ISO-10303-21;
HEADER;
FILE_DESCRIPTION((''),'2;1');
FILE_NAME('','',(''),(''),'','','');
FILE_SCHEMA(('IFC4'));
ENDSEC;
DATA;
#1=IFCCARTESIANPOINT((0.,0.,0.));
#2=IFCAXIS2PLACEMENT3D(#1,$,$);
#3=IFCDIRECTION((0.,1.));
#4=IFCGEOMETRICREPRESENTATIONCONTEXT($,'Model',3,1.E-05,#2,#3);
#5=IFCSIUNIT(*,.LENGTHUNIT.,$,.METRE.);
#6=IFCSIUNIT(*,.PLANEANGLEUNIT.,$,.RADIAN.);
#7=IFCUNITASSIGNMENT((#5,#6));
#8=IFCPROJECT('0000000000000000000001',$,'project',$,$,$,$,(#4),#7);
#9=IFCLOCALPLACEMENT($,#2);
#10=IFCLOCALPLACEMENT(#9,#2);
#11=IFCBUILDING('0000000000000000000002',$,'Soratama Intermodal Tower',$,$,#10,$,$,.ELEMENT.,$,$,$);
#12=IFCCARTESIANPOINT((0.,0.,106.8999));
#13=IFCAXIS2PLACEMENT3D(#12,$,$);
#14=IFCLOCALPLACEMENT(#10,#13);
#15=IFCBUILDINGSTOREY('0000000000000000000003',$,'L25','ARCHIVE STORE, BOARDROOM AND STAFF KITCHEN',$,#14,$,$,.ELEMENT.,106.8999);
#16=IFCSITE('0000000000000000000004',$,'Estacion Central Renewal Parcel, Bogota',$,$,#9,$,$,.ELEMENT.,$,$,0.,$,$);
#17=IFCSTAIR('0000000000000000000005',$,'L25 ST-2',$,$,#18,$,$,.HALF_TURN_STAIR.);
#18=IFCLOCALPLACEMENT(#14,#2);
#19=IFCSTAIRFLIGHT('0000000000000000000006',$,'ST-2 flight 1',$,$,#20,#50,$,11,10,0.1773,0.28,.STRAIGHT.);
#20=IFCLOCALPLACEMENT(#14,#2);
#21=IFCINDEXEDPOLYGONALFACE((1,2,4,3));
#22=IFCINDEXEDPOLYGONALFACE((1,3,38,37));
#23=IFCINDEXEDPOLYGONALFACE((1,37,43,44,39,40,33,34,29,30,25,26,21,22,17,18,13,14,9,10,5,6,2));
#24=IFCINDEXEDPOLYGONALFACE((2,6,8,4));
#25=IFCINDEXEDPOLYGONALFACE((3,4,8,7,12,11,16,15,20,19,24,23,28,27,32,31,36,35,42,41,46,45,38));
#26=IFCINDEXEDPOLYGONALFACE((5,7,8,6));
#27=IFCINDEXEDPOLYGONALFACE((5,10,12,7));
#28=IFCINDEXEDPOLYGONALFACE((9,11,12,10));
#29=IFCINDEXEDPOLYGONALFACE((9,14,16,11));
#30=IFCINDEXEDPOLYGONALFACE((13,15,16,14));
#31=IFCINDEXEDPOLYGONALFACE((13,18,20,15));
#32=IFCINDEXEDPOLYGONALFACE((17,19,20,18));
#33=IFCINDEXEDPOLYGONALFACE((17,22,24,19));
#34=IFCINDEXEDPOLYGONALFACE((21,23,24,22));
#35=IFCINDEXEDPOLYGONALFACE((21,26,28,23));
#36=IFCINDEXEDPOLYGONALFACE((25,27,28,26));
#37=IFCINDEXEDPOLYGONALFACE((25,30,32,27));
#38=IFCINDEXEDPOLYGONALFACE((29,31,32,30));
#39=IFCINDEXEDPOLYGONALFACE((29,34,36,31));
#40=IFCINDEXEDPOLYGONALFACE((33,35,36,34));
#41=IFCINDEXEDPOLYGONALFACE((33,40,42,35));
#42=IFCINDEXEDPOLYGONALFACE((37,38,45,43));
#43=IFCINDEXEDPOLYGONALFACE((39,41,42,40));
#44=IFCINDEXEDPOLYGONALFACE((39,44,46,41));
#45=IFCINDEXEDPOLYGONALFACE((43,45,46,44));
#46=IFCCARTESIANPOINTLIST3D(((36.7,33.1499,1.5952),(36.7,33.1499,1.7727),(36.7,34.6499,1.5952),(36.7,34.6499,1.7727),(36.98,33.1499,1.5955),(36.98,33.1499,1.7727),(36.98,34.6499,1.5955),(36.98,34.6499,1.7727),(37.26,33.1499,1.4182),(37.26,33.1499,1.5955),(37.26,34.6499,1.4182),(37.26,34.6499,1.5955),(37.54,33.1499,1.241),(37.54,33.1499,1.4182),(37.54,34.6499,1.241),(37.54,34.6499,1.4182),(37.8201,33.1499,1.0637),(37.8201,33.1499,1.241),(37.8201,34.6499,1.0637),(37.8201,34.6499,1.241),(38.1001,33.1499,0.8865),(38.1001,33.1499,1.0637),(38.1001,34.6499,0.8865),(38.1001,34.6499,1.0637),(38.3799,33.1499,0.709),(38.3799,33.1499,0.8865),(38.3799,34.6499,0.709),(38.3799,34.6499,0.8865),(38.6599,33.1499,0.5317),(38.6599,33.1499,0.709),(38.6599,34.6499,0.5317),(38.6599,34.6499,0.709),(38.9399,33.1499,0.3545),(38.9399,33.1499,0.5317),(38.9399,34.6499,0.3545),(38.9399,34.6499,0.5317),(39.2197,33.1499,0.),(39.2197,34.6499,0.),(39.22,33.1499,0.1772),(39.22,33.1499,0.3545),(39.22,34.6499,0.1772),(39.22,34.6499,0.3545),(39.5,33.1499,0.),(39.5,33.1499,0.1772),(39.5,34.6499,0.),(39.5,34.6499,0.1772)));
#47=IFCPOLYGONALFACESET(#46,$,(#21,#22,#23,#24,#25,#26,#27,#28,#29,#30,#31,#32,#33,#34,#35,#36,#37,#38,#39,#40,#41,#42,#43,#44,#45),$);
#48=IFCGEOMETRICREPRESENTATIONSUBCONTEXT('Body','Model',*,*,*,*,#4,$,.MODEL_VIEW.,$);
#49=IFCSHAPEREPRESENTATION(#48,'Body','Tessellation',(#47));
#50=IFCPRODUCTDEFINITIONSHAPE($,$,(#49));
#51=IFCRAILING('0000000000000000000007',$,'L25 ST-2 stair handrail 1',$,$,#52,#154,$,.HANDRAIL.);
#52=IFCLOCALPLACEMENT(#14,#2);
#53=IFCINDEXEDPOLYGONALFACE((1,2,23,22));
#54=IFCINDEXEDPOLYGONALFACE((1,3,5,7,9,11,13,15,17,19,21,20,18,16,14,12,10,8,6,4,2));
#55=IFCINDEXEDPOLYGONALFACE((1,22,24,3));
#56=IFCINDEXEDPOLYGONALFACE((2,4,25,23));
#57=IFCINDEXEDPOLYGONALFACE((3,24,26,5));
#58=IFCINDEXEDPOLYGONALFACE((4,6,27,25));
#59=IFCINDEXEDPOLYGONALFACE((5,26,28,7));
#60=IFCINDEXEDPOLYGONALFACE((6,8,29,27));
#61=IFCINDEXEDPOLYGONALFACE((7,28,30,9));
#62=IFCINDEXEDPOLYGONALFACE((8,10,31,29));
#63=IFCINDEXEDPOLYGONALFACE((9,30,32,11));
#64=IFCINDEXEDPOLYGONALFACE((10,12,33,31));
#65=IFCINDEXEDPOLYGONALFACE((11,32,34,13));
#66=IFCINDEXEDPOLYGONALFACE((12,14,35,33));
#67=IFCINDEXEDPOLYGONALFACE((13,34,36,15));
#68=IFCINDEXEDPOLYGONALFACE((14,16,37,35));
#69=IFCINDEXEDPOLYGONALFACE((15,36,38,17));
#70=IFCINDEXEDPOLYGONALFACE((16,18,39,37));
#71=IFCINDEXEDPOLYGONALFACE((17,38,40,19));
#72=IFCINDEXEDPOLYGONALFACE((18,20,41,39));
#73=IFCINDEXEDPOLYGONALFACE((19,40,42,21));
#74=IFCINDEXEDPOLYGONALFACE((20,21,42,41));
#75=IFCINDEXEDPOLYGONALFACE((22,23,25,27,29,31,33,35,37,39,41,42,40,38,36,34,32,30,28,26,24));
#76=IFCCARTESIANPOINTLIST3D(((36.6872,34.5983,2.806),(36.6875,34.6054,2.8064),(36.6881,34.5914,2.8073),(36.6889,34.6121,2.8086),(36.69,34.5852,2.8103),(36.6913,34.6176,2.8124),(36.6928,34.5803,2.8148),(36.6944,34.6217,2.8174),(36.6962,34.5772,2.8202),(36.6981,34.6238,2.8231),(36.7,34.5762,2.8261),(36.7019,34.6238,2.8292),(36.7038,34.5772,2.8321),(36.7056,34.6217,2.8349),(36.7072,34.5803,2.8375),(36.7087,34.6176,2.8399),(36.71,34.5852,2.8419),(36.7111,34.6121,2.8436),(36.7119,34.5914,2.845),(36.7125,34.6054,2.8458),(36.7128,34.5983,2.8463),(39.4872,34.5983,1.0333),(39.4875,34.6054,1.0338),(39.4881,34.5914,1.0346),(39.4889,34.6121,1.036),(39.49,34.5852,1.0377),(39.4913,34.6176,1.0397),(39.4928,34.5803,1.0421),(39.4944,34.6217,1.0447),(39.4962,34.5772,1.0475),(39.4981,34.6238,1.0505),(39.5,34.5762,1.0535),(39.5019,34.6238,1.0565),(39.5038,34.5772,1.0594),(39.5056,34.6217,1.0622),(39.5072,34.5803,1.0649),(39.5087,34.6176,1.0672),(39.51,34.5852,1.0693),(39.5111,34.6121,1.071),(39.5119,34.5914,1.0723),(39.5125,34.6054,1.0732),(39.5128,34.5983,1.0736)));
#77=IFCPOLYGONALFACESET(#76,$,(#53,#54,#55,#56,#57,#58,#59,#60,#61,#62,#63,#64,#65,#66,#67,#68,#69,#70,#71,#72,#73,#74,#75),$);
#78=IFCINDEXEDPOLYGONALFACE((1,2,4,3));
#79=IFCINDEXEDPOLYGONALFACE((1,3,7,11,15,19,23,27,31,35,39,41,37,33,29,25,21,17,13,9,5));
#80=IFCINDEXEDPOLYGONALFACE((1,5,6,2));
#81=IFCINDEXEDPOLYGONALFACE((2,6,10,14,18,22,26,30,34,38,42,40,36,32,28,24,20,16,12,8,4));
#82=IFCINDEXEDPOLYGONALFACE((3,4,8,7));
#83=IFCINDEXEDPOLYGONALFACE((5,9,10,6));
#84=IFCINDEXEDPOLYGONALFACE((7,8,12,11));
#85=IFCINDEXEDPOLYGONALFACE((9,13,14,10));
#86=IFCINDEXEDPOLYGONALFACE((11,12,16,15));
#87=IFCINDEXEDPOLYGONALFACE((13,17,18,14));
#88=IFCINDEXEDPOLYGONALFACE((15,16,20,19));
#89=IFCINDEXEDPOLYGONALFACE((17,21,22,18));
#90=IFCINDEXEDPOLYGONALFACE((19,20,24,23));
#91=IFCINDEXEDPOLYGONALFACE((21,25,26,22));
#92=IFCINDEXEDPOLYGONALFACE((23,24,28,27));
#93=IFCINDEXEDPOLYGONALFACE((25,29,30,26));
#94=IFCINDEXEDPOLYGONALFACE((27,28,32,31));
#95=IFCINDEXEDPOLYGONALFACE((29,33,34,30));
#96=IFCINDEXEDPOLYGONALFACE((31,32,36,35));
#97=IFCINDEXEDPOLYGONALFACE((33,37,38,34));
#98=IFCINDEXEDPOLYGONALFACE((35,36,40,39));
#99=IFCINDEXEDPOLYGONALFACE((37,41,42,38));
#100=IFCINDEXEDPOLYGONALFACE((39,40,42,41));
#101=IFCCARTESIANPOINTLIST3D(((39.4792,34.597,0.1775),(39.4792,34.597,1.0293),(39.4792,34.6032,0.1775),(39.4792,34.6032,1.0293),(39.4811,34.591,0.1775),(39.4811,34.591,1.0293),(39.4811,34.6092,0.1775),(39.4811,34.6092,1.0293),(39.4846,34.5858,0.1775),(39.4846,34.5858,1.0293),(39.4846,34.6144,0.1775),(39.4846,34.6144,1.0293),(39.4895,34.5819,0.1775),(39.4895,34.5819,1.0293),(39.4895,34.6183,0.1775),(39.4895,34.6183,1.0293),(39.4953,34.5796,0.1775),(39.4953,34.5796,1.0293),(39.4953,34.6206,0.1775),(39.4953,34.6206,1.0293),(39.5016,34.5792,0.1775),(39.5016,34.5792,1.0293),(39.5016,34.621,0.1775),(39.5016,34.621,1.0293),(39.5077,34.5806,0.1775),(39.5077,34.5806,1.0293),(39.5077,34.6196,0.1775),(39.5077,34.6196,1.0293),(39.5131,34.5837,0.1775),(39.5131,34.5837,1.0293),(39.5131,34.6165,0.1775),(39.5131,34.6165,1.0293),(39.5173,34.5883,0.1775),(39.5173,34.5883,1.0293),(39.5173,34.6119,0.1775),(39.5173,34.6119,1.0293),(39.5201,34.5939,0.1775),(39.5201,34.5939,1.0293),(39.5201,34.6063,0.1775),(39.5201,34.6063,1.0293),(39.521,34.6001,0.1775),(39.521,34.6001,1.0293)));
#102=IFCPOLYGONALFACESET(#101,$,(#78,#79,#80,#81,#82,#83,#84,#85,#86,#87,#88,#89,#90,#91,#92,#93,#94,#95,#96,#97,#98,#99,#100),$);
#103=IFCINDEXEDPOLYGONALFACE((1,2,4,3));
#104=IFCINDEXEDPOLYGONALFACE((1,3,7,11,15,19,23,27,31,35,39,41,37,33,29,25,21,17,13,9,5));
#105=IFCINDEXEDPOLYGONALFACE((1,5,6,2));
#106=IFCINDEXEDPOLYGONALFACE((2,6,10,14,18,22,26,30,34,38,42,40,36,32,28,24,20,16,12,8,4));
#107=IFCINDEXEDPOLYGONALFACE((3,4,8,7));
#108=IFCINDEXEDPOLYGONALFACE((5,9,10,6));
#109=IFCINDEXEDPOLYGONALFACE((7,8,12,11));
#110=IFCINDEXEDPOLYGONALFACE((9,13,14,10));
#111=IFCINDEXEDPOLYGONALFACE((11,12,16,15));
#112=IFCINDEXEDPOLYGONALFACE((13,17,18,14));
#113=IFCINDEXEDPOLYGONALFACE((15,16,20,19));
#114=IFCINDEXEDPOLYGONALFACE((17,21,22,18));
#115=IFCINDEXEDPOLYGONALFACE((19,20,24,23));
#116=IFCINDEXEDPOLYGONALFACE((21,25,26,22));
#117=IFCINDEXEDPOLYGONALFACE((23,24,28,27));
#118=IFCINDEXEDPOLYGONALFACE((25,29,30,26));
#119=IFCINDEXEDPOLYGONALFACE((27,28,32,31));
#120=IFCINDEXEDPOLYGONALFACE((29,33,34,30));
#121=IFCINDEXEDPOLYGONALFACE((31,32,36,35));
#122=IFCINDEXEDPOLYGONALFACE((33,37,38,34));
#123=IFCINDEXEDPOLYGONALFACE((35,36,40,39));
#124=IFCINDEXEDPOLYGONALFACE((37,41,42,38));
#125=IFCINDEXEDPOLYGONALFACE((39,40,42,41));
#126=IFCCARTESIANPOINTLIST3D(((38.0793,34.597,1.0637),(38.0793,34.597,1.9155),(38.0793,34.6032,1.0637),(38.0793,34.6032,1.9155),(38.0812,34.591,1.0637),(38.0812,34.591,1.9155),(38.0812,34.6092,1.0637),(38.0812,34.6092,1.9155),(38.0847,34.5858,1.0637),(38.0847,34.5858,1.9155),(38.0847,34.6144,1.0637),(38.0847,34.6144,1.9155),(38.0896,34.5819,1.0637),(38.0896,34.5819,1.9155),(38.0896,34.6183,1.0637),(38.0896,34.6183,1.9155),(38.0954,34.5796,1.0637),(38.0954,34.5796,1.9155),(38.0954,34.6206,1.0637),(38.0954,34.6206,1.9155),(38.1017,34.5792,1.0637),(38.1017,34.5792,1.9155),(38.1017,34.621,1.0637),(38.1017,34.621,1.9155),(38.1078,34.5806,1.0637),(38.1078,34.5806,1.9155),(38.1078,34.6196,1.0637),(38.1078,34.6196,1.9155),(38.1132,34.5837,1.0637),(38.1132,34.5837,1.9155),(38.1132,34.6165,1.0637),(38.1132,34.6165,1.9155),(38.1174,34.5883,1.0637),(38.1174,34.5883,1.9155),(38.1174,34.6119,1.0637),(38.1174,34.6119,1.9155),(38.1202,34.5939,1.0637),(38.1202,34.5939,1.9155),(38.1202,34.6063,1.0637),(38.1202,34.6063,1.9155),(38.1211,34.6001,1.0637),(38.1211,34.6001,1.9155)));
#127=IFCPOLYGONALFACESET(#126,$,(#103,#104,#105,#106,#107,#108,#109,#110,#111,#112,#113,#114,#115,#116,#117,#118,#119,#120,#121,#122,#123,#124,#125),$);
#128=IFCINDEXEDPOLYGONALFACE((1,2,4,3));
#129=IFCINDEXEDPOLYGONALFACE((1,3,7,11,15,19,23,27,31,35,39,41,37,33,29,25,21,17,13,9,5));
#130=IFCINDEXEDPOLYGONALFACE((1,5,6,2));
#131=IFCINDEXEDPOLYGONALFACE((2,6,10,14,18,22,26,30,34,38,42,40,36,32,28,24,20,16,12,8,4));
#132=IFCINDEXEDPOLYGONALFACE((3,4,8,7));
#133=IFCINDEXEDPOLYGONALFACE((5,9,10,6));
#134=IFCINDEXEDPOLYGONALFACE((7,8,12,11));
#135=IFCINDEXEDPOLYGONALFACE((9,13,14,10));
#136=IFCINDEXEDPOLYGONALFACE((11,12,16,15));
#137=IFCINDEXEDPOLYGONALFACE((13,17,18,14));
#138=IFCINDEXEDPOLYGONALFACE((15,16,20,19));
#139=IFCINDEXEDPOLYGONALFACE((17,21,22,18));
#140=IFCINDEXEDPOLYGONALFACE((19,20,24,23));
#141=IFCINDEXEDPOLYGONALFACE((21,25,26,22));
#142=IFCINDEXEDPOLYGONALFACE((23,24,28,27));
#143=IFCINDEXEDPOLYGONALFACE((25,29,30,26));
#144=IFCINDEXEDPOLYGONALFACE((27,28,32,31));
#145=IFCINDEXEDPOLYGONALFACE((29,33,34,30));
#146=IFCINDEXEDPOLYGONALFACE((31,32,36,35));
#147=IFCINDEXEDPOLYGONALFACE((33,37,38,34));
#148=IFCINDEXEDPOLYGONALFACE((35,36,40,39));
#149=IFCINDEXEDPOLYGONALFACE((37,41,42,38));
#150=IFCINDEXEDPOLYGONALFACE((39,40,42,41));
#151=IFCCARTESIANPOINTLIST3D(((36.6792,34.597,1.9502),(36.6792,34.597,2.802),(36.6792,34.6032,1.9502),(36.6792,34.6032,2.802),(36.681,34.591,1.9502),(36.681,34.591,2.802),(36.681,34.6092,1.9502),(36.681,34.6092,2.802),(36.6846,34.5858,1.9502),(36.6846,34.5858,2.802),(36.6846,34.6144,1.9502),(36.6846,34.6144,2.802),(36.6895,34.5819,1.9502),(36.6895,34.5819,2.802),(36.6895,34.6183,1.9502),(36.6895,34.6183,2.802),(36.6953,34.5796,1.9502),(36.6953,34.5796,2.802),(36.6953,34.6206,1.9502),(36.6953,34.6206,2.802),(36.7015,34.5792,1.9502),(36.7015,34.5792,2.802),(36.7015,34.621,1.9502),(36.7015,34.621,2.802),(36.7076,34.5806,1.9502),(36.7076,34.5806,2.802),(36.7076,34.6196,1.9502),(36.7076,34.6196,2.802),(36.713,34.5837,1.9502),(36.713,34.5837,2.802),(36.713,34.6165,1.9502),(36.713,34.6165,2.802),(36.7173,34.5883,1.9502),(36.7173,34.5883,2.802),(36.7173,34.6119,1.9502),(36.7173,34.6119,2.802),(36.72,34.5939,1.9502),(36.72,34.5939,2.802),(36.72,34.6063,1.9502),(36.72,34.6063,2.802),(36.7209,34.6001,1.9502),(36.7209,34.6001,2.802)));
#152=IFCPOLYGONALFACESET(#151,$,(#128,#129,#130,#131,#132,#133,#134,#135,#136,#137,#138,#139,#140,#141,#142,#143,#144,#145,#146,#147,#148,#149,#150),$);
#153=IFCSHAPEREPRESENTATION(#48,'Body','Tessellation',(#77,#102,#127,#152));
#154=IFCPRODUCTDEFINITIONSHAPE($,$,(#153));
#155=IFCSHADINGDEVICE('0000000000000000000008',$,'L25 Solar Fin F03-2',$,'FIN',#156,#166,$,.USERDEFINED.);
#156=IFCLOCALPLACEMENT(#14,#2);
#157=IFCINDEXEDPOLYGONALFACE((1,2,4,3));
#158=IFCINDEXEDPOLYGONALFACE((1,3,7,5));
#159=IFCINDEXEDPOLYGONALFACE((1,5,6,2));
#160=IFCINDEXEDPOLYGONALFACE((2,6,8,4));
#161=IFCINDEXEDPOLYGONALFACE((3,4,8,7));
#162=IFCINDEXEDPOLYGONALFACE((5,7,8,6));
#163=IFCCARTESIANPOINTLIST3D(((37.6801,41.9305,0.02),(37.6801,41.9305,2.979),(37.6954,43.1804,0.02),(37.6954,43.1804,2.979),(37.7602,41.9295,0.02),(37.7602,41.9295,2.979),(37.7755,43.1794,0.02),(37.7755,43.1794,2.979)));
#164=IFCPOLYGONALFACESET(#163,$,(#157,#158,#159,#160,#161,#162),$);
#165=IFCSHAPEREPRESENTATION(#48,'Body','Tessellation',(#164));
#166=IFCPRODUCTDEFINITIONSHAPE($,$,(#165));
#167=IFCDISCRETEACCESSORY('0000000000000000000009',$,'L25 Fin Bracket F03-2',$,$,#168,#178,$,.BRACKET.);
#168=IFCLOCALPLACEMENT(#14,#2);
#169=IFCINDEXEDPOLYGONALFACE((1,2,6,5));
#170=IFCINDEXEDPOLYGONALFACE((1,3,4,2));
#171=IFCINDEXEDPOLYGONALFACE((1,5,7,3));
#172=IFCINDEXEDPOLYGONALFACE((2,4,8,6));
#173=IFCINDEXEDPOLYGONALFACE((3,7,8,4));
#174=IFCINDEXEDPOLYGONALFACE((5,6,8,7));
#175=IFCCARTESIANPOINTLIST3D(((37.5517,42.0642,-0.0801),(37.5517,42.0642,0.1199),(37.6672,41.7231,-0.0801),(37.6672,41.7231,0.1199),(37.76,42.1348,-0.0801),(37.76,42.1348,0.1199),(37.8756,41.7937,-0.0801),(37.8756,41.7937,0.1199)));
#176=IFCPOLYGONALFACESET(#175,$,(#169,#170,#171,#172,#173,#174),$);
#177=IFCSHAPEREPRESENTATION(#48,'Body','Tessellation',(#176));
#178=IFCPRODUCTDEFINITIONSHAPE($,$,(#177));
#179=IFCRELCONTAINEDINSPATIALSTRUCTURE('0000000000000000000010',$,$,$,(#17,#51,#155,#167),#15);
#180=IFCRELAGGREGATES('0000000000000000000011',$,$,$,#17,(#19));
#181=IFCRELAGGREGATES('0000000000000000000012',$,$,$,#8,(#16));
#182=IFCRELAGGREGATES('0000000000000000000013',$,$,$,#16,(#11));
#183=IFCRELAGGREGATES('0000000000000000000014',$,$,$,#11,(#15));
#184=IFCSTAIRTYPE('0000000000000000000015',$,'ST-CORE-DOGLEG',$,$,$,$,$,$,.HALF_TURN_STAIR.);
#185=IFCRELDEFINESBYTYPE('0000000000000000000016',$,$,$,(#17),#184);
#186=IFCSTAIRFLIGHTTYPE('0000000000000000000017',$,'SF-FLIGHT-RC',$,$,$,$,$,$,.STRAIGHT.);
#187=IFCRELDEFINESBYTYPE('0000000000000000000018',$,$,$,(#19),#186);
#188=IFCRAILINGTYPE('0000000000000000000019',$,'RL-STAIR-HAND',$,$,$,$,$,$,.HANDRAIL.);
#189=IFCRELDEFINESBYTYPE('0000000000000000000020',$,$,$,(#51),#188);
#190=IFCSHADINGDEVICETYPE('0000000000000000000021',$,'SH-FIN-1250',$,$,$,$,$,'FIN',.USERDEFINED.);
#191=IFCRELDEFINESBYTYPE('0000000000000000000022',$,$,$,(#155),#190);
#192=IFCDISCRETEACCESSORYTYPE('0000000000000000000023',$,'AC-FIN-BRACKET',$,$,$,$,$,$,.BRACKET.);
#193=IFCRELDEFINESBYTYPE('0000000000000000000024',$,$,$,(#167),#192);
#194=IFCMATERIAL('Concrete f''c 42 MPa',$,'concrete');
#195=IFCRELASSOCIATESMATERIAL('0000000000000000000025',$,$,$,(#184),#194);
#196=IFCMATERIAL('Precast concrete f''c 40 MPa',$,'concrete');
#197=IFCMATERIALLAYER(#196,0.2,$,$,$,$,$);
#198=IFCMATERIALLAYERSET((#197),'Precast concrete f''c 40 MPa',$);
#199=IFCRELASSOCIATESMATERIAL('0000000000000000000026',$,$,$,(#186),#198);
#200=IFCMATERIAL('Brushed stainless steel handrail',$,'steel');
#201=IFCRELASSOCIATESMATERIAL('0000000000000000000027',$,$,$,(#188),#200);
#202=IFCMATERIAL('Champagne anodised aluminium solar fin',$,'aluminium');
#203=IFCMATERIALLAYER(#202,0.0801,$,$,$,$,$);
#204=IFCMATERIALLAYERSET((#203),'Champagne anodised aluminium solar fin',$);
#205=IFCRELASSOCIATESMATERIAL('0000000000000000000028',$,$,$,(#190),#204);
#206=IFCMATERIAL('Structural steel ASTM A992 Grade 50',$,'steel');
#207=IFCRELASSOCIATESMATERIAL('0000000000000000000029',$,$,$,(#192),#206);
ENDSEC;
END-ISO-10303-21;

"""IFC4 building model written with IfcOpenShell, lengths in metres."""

from ifc_helpers import new_model, si_unit, direction, frame, origin, origin_2d, place, context, subcontext, project, spatial, polyline, rectangle, circle, outline, extrude, material, layer, layer_set, type_object, element, aggregate, save


model = new_model("IFC4")

# Units and contexts
model_context = context("Model", 3, precision=1e-05, world=origin(), true_north=direction((0.0, 1.0)))
body_context = subcontext(model_context, "Body", "Model", "MODEL_VIEW")
ifc_project = project(units=[si_unit("LENGTHUNIT", "METRE"), si_unit("PLANEANGLEUNIT", "RADIAN")], contexts=[model_context])

# Site, building, storey
site_placement = place(None, origin())
site = spatial("IfcSite", under=ifc_project, at=site_placement, Name="Estacion Central Renewal Parcel, Bogota", CompositionType="ELEMENT", RefElevation=0.0)
building_placement = place(site_placement, origin())
building = spatial("IfcBuilding", under=site, at=building_placement, Name="Soratama Intermodal Tower", CompositionType="ELEMENT")
storey_placement = place(building_placement, frame((0.0, 0.0, 106.8999)))
storey = spatial("IfcBuildingStorey", under=building, at=storey_placement, Name="L25", Description="ARCHIVE STORE, BOARDROOM AND STAFF KITCHEN", CompositionType="ELEMENT", Elevation=106.8999)

# Stair, stair flight
ifc_material_1 = material(Name="Concrete f'c 42 MPa", Category="concrete")
stair_type = type_object("IfcStairType", Name="ST-CORE-DOGLEG", PredefinedType="HALF_TURN_STAIR", material=ifc_material_1)
stair_placement = place(storey_placement, origin())
stair = element("IfcStair", 1, at=stair_placement, inside=storey, type_object=stair_type, Name="L25 ST-2", PredefinedType="HALF_TURN_STAIR")
ifc_material_2 = material(Name="Precast concrete f'c 40 MPa", Category="concrete")
ifc_layer_1 = layer(ifc_material_2, 0.2)
ifc_layer_set_1 = layer_set([ifc_layer_1], Name="Precast concrete f'c 40 MPa")
stair_flight_type = type_object("IfcStairFlightType", Name="SF-FLIGHT-RC", PredefinedType="STRAIGHT", material=ifc_layer_set_1)
stair_flight_placement = place(storey_placement, frame((39.5, 33.8999, 0.0), z_axis=(0.0, 0.0, 1.0), x_axis=(-1.0, 0.0, 0.0)))
stair_flight = element("IfcStairFlight", 2, at=stair_flight_placement, type_object=stair_flight_type, Name="ST-2 flight 1", NumberOfRisers=11, NumberOfTreads=10, PredefinedType="STRAIGHT", RiserHeight=0.1773, TreadLength=0.28, context=body_context, shape_type="SweptSolid", body=[
    extrude(outline(polyline([(0.0, 0.0), (0.0, 0.1772), (0.28, 0.1772), (0.28, 0.3545), (0.5601, 0.3545), (0.5601, 0.5317), (0.8401, 0.5317), (0.8401, 0.709), (1.1201, 0.709), (1.1201, 0.8865), (1.3999, 0.8865), (1.3999, 1.0637), (1.6799, 1.0637), (1.6799, 1.241), (1.96, 1.241), (1.96, 1.4182), (2.24, 1.4182), (2.24, 1.5955), (2.52, 1.5955), (2.52, 1.7727), (2.8, 1.7727), (2.8, 1.95), (2.8, 1.5952), (0.2803, 0.0), (0.0, 0.0)])), frame((0.0, 0.75, 0.0), z_axis=(0.0, -1.0, 0.0), x_axis=(1.0, 0.0, 0.0)), (0.0, 0.0, 1.0), 1.5),
])
aggregate(stair, [stair_flight])

# Railing
ifc_material_3 = material(Name="Brushed stainless steel handrail", Category="steel")
railing_type = type_object("IfcRailingType", Name="RL-STAIR-HAND", PredefinedType="HANDRAIL", material=ifc_material_3)
railing_placement = place(storey_placement, frame((39.5, 34.6001, 0.1775)))
element("IfcRailing", 3, at=railing_placement, inside=storey, type_object=railing_type, Name="L25 ST-2 stair handrail 1", PredefinedType="HANDRAIL", context=body_context, shape_type="SweptSolid", body=[
    extrude(circle(Radius=0.0239, at=origin_2d()), frame((0.0, 0.0, 0.876), z_axis=(-0.844909, 0.0, 0.53491), x_axis=(0.0, -1.0, 0.0)), (0.0, 0.0, 1.0), 3.314),
    extrude(circle(Radius=0.021, at=origin_2d()), origin(), (0.0, 0.0, 1.0), 0.8518),
    extrude(circle(Radius=0.021, at=origin_2d()), frame((-1.3999, 0.0, 0.8862)), (0.0, 0.0, 1.0), 0.8518),
    extrude(circle(Radius=0.021, at=origin_2d()), frame((-2.8, 0.0, 1.7727)), (0.0, 0.0, 1.0), 0.8518),
])

# Shading device
ifc_material_4 = material(Name="Champagne anodised aluminium solar fin", Category="aluminium")
ifc_layer_2 = layer(ifc_material_4, 0.0801)
ifc_layer_set_2 = layer_set([ifc_layer_2], Name="Champagne anodised aluminium solar fin")
shading_device_type = type_object("IfcShadingDeviceType", Name="SH-FIN-1250", ElementType="FIN", PredefinedType="USERDEFINED", material=ifc_layer_set_2)
shading_device_placement = place(storey_placement, frame((37.7278, 42.5549, 0.02), z_axis=(0.0, 0.0, 1.0), x_axis=(0.012217, 0.999925, 0.0)))
element("IfcShadingDevice", 4, at=shading_device_placement, inside=storey, type_object=shading_device_type, Name="L25 Solar Fin F03-2", ObjectType="FIN", PredefinedType="USERDEFINED", context=body_context, shape_type="SweptSolid", body=[
    extrude(rectangle(XDim=1.25, YDim=0.0801, at=origin_2d()), origin(), (0.0, 0.0, 1.0), 2.959),
])

# Discrete accessory
ifc_material_5 = material(Name="Structural steel ASTM A992 Grade 50", Category="steel")
discrete_accessory_type = type_object("IfcDiscreteAccessoryType", Name="AC-FIN-BRACKET", PredefinedType="BRACKET", material=ifc_material_5)
discrete_accessory_placement = place(storey_placement, frame((37.7136, 41.929, -0.0801), z_axis=(0.0, 0.0, 1.0), x_axis=(-0.320944, 0.947098, 0.0)))
element("IfcDiscreteAccessory", 5, at=discrete_accessory_placement, inside=storey, type_object=discrete_accessory_type, Name="L25 Fin Bracket F03-2", PredefinedType="BRACKET", context=body_context, shape_type="SweptSolid", body=[
    extrude(rectangle(XDim=0.3601, YDim=0.22, at=origin_2d()), origin(), (0.0, 0.0, 1.0), 0.2),
])

save(model, "model.ifc")
